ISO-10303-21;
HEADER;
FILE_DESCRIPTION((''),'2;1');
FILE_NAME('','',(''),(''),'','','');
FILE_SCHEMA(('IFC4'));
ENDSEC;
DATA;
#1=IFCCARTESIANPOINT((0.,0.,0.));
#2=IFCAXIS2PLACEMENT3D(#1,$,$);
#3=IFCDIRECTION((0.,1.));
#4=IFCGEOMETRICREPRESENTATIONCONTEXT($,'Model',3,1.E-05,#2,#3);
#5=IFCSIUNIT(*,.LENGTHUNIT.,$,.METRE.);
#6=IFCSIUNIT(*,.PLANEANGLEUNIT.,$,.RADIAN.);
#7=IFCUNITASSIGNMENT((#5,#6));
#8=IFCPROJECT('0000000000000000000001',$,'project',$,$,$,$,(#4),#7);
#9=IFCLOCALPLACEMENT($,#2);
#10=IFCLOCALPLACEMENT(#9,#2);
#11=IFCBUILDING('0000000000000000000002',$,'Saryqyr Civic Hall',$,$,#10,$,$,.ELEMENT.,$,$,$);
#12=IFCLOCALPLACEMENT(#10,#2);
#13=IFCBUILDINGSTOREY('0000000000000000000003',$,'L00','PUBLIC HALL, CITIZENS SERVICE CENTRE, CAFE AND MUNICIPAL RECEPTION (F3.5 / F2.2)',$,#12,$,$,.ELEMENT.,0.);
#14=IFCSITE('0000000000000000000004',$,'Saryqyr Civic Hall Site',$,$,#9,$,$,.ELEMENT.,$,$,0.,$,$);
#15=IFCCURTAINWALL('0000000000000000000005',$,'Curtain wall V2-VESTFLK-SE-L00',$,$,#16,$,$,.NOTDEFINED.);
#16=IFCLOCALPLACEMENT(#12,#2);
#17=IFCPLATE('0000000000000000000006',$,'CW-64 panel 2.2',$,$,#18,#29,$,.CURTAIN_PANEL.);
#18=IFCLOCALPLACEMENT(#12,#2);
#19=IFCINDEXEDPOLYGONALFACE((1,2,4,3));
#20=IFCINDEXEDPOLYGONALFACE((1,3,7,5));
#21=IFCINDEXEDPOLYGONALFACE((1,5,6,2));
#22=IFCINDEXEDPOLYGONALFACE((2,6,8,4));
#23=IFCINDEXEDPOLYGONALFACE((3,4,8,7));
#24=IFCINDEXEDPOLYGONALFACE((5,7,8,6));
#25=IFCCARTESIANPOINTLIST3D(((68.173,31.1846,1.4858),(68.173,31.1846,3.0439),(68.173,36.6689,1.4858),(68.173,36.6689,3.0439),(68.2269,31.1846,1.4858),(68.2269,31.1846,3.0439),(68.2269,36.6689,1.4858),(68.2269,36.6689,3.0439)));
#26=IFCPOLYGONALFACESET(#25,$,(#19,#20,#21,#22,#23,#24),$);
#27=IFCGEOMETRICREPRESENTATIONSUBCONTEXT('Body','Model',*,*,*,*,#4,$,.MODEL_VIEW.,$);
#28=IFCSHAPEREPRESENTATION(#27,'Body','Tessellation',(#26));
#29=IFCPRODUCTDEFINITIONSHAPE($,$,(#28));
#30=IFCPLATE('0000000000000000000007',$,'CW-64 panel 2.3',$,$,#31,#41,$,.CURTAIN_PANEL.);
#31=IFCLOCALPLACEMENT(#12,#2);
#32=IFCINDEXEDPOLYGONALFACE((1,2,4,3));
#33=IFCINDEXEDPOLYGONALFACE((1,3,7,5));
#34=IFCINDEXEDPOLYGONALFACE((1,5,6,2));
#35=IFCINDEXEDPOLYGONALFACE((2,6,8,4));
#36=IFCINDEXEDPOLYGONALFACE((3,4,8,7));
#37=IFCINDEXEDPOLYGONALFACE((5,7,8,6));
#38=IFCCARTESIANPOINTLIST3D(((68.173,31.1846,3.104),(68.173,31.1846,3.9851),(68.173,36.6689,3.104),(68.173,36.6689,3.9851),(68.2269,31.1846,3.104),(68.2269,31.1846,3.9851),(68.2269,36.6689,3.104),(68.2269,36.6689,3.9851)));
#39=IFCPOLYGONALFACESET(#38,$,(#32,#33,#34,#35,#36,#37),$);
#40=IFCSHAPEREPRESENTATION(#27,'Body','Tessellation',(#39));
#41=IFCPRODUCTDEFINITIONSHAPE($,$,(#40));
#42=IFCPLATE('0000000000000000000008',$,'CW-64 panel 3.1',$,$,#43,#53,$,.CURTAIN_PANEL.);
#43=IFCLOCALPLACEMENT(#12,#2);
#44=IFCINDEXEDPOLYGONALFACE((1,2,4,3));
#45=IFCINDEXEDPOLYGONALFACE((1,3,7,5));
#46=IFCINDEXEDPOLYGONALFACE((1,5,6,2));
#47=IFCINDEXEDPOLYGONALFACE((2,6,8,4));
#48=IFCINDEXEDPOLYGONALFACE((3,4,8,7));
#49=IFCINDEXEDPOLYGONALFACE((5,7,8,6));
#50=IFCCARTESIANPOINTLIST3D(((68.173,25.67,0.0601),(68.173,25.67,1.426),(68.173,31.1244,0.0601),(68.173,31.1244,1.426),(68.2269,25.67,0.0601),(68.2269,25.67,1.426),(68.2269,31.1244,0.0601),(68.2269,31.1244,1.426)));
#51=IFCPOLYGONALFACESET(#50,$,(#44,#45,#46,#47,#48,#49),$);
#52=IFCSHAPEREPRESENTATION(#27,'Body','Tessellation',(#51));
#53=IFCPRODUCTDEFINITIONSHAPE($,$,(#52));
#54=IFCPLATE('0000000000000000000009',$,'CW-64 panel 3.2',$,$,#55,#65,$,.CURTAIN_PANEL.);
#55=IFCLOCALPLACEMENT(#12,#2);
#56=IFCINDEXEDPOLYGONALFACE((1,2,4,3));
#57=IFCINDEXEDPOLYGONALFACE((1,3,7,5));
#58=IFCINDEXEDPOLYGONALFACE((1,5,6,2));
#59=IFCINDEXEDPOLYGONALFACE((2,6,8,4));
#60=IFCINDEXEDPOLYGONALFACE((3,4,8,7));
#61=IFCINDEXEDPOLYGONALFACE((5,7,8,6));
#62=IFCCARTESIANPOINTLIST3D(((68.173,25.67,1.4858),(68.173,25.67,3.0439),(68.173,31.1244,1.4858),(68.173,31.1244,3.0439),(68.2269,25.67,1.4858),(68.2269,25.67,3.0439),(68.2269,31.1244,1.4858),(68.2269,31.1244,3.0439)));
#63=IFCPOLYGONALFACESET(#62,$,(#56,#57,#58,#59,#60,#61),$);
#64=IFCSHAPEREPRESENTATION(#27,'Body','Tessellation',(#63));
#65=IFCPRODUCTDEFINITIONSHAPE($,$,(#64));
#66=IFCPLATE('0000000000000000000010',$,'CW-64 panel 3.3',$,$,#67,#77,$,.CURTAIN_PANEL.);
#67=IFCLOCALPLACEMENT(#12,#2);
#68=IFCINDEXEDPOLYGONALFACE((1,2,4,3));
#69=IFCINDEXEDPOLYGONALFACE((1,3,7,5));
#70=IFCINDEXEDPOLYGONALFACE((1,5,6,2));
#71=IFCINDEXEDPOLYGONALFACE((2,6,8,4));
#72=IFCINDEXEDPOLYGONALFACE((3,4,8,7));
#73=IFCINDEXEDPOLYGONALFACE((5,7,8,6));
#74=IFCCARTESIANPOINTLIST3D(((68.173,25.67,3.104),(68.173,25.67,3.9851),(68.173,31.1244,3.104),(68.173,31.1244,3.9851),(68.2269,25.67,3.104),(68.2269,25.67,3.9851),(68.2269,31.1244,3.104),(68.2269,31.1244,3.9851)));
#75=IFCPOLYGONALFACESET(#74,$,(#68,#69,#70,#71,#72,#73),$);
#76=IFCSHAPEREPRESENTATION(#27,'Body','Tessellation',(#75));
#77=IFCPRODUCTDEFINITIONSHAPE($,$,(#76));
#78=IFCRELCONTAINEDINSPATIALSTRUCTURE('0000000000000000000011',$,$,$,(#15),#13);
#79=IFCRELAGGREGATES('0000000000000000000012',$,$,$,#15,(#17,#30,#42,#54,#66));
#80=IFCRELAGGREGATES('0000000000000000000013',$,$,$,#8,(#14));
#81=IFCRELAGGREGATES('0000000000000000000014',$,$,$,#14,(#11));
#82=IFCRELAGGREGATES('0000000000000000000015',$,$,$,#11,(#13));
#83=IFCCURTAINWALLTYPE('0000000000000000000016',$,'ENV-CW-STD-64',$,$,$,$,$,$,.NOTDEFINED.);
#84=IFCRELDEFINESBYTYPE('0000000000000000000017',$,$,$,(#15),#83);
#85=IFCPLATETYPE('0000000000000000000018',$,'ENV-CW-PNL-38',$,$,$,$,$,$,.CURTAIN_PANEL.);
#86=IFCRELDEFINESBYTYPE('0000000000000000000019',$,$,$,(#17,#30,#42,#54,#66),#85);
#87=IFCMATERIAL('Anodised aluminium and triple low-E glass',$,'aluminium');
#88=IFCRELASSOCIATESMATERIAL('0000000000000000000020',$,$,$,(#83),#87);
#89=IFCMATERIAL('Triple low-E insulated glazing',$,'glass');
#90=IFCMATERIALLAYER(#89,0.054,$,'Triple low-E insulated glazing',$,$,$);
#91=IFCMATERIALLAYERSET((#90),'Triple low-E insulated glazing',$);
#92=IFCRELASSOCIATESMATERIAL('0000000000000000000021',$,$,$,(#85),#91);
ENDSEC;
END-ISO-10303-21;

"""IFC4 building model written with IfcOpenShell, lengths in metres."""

from ifc_helpers import new_model, si_unit, direction, frame, origin, origin_2d, place, context, subcontext, project, spatial, rectangle, extrude, material, layer, layer_set, type_object, element, aggregate, save


model = new_model("IFC4")

# Units and contexts
model_context = context("Model", 3, precision=1e-05, world=origin(), true_north=direction((0.0, 1.0)))
body_context = subcontext(model_context, "Body", "Model", "MODEL_VIEW")
ifc_project = project(units=[si_unit("LENGTHUNIT", "METRE"), si_unit("PLANEANGLEUNIT", "RADIAN")], contexts=[model_context])

# Site, building, storey
site_placement = place(None, origin())
site = spatial("IfcSite", under=ifc_project, at=site_placement, Name="Saryqyr Civic Hall Site", CompositionType="ELEMENT", RefElevation=0.0)
building_placement = place(site_placement, origin())
building = spatial("IfcBuilding", under=site, at=building_placement, Name="Saryqyr Civic Hall", CompositionType="ELEMENT")
storey_placement = place(building_placement, origin())
storey = spatial("IfcBuildingStorey", under=building, at=storey_placement, Name="L00", Description="PUBLIC HALL, CITIZENS SERVICE CENTRE, CAFE AND MUNICIPAL RECEPTION (F3.5 / F2.2)", CompositionType="ELEMENT", Elevation=0.0)

# Curtain wall, plates
ifc_material_1 = material(Name="Anodised aluminium and triple low-E glass", Category="aluminium")
curtain_wall_type = type_object("IfcCurtainWallType", Name="ENV-CW-STD-64", PredefinedType="NOTDEFINED", material=ifc_material_1)
curtain_wall_placement = place(storey_placement, origin())
curtain_wall = element("IfcCurtainWall", 1, at=curtain_wall_placement, inside=storey, type_object=curtain_wall_type, Name="Curtain wall V2-VESTFLK-SE-L00", PredefinedType="NOTDEFINED")
ifc_material_2 = material(Name="Triple low-E insulated glazing", Category="glass")
ifc_layer_1 = layer(ifc_material_2, 0.054, Name="Triple low-E insulated glazing")
ifc_layer_set_1 = layer_set([ifc_layer_1], Name="Triple low-E insulated glazing")
plate_type = type_object("IfcPlateType", Name="ENV-CW-PNL-38", PredefinedType="CURTAIN_PANEL", material=ifc_layer_set_1)
plate_1_placement = place(storey_placement, frame((68.2, 33.9268, 1.4858), z_axis=(0.0, 0.0, 1.0), x_axis=(0.0, -1.0, 0.0)))
plate_1 = element("IfcPlate", 2, at=plate_1_placement, type_object=plate_type, Name="CW-64 panel 2.2", PredefinedType="CURTAIN_PANEL", context=body_context, shape_type="SweptSolid", body=[
    extrude(rectangle(XDim=5.4844, YDim=0.054, at=origin_2d()), origin(), (0.0, 0.0, 1.0), 1.5581),
])
plate_2_placement = place(storey_placement, frame((68.2, 33.9268, 3.104), z_axis=(0.0, 0.0, 1.0), x_axis=(0.0, -1.0, 0.0)))
plate_2 = element("IfcPlate", 3, at=plate_2_placement, type_object=plate_type, Name="CW-64 panel 2.3", PredefinedType="CURTAIN_PANEL", context=body_context, shape_type="SweptSolid", body=[
    extrude(rectangle(XDim=5.4844, YDim=0.054, at=origin_2d()), origin(), (0.0, 0.0, 1.0), 0.8811),
])
plate_3_placement = place(storey_placement, frame((68.2, 28.3972, 0.0601), z_axis=(0.0, 0.0, 1.0), x_axis=(0.0, -1.0, 0.0)))
plate_3 = element("IfcPlate", 4, at=plate_3_placement, type_object=plate_type, Name="CW-64 panel 3.1", PredefinedType="CURTAIN_PANEL", context=body_context, shape_type="SweptSolid", body=[
    extrude(rectangle(XDim=5.4543, YDim=0.054, at=origin_2d()), origin(), (0.0, 0.0, 1.0), 1.366),
])
plate_4_placement = place(storey_placement, frame((68.2, 28.3972, 1.4858), z_axis=(0.0, 0.0, 1.0), x_axis=(0.0, -1.0, 0.0)))
plate_4 = element("IfcPlate", 5, at=plate_4_placement, type_object=plate_type, Name="CW-64 panel 3.2", PredefinedType="CURTAIN_PANEL", context=body_context, shape_type="SweptSolid", body=[
    extrude(rectangle(XDim=5.4543, YDim=0.054, at=origin_2d()), origin(), (0.0, 0.0, 1.0), 1.5581),
])
plate_5_placement = place(storey_placement, frame((68.2, 28.3972, 3.104), z_axis=(0.0, 0.0, 1.0), x_axis=(0.0, -1.0, 0.0)))
plate_5 = element("IfcPlate", 6, at=plate_5_placement, type_object=plate_type, Name="CW-64 panel 3.3", PredefinedType="CURTAIN_PANEL", context=body_context, shape_type="SweptSolid", body=[
    extrude(rectangle(XDim=5.4543, YDim=0.054, at=origin_2d()), origin(), (0.0, 0.0, 1.0), 0.8811),
])
aggregate(curtain_wall, [plate_1, plate_2, plate_3, plate_4, plate_5])

save(model, "model.ifc")
